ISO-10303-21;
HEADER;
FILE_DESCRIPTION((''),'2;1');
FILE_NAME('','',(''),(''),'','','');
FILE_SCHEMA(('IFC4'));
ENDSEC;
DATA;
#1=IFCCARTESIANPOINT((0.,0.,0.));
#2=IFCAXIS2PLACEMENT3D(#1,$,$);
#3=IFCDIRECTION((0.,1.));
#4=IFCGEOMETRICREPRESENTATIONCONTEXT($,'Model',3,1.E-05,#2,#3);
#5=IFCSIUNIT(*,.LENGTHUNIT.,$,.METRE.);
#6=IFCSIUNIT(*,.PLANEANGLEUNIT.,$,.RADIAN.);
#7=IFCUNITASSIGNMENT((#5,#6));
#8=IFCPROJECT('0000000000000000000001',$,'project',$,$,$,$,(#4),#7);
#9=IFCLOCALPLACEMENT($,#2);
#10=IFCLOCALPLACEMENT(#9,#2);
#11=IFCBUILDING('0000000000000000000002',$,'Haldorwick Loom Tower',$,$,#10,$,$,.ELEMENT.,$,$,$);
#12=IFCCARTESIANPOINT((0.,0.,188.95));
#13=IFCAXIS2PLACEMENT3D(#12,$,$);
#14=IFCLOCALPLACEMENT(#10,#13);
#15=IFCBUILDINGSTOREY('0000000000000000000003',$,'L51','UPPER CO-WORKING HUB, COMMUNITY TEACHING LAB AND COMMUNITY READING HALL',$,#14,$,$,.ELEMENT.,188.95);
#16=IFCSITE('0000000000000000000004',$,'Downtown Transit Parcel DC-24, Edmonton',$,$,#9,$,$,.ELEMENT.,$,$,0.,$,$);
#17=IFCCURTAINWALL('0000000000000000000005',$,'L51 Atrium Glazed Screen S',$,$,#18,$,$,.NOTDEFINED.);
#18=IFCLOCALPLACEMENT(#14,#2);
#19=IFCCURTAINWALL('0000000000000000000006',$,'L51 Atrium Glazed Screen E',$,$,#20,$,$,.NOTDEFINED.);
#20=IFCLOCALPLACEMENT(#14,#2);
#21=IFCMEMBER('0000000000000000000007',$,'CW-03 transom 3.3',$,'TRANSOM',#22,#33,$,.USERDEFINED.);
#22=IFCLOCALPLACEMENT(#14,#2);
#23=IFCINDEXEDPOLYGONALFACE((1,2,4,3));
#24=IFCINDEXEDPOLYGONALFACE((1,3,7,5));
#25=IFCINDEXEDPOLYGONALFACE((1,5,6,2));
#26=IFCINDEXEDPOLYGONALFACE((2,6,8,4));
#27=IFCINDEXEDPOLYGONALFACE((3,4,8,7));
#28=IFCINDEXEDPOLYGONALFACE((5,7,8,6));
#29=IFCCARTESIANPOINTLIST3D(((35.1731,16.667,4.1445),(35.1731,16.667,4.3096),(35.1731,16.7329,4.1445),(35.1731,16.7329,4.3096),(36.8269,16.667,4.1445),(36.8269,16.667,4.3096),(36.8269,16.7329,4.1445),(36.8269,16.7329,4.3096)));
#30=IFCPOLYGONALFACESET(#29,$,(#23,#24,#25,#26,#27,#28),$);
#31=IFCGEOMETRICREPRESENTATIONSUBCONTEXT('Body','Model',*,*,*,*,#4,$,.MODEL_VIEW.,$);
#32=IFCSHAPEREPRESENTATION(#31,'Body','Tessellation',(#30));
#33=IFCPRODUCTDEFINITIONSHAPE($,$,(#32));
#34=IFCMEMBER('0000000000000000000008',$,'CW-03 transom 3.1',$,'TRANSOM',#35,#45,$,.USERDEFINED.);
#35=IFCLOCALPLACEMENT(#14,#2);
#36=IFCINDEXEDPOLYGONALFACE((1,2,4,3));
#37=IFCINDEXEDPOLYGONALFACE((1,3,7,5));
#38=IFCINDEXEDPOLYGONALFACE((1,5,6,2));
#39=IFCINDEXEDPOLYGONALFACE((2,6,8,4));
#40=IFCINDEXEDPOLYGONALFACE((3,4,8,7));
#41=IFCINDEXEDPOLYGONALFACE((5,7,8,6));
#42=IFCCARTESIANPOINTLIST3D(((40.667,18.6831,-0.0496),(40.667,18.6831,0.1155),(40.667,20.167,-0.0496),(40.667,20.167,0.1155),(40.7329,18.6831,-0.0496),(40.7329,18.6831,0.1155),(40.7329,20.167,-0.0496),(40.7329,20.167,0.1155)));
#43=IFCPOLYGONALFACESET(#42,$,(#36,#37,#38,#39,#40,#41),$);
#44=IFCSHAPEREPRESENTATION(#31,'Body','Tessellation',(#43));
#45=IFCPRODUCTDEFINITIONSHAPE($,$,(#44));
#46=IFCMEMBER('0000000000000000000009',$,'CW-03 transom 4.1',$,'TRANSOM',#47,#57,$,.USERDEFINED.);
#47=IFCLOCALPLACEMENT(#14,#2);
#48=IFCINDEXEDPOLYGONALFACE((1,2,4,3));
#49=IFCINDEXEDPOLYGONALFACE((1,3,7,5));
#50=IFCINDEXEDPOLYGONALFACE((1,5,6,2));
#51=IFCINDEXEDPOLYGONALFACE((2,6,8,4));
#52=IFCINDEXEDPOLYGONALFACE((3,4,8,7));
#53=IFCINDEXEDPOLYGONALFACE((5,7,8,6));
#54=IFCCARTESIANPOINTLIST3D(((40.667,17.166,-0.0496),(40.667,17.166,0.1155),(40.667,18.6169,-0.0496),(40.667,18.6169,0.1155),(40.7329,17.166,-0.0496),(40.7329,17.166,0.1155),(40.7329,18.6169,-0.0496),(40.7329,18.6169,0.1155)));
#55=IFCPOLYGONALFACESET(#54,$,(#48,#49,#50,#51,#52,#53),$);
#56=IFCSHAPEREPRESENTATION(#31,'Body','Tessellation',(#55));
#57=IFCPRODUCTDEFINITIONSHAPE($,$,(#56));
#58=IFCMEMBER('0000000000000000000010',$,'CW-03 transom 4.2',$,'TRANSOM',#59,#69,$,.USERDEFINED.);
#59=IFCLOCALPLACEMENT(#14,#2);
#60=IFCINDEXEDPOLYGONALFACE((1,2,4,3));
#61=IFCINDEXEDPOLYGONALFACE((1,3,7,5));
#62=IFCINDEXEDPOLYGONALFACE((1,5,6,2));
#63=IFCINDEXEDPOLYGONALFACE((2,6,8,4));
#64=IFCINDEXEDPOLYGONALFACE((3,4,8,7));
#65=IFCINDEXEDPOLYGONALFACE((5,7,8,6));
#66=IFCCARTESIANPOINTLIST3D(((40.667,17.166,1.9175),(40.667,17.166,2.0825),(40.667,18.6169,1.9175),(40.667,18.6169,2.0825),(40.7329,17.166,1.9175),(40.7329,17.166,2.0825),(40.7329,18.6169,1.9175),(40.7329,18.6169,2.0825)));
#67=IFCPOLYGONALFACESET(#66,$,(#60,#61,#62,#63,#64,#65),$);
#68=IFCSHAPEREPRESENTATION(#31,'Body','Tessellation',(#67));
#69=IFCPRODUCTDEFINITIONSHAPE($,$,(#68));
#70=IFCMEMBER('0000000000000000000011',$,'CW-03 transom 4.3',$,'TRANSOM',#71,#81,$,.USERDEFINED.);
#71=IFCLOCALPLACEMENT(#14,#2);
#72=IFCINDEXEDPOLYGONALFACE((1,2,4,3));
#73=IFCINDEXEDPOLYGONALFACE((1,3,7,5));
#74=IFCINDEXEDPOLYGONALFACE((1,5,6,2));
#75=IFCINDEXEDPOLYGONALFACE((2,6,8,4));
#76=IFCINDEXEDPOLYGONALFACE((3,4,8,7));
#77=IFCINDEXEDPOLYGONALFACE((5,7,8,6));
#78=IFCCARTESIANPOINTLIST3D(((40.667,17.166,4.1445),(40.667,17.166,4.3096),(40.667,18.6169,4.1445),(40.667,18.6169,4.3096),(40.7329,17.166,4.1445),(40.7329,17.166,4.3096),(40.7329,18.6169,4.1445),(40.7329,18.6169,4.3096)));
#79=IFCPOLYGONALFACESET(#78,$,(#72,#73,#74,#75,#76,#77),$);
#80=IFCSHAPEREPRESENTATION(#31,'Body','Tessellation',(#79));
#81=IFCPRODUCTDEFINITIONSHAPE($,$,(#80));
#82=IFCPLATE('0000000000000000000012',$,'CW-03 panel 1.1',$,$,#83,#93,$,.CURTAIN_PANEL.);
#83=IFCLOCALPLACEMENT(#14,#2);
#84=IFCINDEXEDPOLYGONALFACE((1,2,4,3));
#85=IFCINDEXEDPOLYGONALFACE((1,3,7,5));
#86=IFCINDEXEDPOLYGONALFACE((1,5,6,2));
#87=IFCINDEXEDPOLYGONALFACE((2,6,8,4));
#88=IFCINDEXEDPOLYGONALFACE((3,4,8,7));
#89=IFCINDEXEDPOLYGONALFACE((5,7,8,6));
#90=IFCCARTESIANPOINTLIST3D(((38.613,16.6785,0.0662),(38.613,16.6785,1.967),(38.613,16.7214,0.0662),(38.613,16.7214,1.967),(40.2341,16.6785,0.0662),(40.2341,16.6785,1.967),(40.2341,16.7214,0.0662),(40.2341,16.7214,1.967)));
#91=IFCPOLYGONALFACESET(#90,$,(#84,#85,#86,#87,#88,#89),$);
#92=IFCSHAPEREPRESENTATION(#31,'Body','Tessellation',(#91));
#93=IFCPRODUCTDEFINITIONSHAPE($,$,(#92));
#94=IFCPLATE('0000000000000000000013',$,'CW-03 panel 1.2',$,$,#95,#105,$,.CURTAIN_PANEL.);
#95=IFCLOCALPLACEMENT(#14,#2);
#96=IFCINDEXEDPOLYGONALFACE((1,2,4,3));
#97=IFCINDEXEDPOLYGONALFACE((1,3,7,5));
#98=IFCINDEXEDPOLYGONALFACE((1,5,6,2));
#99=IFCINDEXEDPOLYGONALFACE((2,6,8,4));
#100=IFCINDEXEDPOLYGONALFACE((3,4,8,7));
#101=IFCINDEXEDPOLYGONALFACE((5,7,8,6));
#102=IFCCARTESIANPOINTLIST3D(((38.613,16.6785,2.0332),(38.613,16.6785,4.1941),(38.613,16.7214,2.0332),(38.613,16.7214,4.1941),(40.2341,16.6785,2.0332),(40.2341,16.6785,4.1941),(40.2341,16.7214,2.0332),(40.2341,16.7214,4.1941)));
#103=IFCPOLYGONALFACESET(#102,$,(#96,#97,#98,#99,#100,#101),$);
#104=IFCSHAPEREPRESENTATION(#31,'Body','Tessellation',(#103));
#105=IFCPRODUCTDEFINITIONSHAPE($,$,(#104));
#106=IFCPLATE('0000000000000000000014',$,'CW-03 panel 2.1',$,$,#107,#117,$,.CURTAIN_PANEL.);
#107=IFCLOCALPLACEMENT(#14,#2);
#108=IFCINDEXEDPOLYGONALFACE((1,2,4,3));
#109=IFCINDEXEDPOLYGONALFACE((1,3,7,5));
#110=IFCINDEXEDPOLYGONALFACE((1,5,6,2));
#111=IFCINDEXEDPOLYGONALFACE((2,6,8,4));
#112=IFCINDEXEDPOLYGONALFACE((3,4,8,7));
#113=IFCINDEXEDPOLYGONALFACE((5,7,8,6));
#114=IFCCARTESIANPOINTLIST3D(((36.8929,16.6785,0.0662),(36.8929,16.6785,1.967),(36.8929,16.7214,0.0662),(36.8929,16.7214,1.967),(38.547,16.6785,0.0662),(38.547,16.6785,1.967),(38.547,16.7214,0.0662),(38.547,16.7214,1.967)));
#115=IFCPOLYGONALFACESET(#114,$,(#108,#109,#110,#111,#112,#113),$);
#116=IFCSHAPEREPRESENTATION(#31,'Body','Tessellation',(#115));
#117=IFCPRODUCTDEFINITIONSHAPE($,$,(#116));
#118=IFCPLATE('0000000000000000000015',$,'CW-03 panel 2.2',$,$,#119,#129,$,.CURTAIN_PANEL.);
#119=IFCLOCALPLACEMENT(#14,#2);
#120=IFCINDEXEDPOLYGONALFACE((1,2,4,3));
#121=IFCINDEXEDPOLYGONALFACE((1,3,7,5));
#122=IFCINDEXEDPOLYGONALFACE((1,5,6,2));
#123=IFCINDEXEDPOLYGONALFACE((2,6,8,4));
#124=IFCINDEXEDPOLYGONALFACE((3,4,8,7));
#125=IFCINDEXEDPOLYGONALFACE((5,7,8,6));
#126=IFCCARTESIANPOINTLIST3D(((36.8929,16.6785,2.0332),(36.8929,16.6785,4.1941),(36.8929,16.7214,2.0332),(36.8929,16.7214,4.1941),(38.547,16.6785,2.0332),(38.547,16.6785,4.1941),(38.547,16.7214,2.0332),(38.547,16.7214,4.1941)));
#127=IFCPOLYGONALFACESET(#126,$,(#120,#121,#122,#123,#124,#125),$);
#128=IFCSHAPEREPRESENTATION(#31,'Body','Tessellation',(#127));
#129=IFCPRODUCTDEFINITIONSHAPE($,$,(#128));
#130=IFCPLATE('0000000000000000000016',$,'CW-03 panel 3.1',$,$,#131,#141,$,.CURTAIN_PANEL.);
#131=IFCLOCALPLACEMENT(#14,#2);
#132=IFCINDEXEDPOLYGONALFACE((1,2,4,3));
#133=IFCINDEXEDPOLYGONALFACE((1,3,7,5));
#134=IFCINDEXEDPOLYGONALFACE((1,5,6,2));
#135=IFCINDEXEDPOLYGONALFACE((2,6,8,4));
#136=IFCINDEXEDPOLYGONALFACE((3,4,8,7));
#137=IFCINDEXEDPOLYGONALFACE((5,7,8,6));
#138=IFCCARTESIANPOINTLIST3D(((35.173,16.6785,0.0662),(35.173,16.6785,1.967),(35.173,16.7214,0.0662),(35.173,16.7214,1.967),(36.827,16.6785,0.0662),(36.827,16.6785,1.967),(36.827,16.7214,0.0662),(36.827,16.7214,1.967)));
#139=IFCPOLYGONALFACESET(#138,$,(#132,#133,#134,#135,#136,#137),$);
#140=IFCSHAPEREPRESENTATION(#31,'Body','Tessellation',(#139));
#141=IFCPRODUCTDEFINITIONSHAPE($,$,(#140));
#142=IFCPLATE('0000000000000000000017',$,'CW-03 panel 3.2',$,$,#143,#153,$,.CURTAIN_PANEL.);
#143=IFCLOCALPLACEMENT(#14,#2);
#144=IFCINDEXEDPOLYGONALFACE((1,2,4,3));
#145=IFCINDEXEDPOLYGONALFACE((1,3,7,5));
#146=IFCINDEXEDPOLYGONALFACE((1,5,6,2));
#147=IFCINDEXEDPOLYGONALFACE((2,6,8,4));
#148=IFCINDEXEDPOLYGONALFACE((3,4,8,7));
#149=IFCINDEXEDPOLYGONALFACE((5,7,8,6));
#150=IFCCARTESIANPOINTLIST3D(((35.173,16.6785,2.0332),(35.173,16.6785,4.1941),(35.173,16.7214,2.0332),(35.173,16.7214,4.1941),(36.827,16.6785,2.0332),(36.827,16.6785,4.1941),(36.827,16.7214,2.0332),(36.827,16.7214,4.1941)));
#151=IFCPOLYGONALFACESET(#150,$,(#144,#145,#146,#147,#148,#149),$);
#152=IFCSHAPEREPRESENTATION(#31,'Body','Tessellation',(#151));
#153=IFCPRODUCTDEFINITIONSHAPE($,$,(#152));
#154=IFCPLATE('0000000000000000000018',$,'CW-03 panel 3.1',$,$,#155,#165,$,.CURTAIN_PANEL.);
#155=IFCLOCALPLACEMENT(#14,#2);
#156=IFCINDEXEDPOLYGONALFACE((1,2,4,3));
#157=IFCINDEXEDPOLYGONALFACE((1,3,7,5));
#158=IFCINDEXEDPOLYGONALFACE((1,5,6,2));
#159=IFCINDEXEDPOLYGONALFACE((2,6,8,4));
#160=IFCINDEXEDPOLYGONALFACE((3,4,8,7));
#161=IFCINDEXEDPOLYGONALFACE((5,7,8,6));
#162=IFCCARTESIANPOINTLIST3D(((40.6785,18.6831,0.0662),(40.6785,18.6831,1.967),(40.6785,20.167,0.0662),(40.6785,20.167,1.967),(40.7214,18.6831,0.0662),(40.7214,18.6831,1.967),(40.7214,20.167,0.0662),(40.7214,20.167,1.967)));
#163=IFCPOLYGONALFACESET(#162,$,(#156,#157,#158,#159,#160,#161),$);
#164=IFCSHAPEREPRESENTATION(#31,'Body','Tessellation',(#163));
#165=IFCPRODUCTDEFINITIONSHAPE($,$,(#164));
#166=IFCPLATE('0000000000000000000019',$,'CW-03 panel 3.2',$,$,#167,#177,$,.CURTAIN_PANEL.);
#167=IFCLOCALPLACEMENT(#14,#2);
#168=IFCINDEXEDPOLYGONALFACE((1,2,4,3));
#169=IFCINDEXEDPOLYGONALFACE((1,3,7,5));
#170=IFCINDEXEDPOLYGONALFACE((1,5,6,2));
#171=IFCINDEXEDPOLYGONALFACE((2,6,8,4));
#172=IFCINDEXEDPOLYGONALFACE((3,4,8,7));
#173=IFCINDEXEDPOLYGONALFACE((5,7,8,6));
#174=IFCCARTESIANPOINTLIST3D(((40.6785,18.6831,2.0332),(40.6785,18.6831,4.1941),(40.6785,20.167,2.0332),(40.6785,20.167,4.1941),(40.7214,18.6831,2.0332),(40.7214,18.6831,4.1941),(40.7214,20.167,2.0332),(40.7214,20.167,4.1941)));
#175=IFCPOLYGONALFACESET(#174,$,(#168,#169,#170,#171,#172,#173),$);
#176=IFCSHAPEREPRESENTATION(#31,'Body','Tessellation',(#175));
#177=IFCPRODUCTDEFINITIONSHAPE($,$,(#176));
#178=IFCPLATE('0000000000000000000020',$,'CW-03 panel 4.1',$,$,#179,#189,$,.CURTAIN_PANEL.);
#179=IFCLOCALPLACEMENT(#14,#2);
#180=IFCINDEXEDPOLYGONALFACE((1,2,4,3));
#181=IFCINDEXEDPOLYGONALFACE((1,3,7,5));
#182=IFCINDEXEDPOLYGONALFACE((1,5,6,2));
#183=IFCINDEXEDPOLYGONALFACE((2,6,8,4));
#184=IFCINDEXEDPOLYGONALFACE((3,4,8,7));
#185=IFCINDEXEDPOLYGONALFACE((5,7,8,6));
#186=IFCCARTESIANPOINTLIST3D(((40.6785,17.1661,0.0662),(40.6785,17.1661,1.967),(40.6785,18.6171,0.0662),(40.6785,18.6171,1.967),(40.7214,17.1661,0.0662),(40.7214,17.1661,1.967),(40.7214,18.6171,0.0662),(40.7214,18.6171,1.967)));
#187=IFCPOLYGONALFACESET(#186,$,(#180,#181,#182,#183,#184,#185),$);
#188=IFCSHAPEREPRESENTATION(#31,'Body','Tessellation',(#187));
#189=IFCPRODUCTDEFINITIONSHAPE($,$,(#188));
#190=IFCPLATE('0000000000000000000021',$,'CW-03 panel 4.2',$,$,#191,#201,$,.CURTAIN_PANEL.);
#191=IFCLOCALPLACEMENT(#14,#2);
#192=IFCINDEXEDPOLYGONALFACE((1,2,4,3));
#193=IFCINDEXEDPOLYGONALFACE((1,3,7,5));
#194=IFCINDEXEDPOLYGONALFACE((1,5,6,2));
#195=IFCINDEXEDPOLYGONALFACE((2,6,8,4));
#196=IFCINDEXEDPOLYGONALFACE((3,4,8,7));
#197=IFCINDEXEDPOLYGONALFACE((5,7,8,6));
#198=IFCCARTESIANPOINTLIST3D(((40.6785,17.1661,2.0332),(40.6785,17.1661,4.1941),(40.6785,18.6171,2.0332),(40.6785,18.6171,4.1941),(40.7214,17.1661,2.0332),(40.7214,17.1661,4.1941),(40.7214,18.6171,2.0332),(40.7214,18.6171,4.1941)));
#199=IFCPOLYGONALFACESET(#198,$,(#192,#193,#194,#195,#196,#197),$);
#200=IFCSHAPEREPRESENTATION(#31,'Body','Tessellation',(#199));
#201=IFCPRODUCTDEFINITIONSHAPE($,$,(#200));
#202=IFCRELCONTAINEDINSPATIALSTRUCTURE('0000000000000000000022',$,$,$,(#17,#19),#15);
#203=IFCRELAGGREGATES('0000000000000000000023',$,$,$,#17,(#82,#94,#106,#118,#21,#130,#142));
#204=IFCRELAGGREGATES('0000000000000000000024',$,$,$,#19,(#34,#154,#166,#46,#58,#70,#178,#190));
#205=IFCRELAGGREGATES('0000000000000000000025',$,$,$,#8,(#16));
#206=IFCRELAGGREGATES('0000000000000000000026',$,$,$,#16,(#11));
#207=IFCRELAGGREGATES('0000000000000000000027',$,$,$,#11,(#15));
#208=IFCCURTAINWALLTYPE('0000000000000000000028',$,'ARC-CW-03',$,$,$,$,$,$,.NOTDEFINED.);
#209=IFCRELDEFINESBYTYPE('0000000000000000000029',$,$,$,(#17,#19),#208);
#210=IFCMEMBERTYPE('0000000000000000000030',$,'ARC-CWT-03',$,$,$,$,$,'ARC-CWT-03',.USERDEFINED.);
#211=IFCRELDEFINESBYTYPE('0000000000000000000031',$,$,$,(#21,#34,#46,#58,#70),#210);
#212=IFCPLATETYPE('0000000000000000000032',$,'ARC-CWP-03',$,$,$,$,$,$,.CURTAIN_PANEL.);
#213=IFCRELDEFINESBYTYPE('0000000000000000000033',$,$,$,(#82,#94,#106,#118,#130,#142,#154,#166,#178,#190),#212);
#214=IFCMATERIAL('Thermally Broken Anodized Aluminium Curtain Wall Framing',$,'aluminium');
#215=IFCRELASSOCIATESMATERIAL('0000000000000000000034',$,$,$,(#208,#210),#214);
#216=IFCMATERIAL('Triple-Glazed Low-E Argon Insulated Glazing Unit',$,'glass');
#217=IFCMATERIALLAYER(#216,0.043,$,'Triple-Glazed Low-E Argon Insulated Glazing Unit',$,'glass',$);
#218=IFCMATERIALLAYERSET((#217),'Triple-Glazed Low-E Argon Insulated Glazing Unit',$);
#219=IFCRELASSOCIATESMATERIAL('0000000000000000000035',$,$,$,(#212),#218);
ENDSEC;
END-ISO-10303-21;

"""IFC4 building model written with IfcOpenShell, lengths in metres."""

from ifc_helpers import new_model, si_unit, direction, frame, origin, origin_2d, place, context, subcontext, project, spatial, rectangle, extrude, material, layer, layer_set, material_profile, profile_set, type_object, element, aggregate, save


model = new_model("IFC4")

# Units and contexts
model_context = context("Model", 3, precision=1e-05, world=origin(), true_north=direction((0.0, 1.0)))
body_context = subcontext(model_context, "Body", "Model", "MODEL_VIEW")
ifc_project = project(units=[si_unit("LENGTHUNIT", "METRE"), si_unit("PLANEANGLEUNIT", "RADIAN")], contexts=[model_context])

# Site, building, storey
site_placement = place(None, origin())
site = spatial("IfcSite", under=ifc_project, at=site_placement, Name="Downtown Transit Parcel DC-24, Edmonton", CompositionType="ELEMENT", RefElevation=0.0)
building_placement = place(site_placement, origin())
building = spatial("IfcBuilding", under=site, at=building_placement, Name="Haldorwick Loom Tower", CompositionType="ELEMENT")
storey_placement = place(building_placement, frame((0.0, 0.0, 188.95)))
storey = spatial("IfcBuildingStorey", under=building, at=storey_placement, Name="L51", Description="UPPER CO-WORKING HUB, COMMUNITY TEACHING LAB AND COMMUNITY READING HALL", CompositionType="ELEMENT", Elevation=188.95)

# Curtain walls
ifc_material_1 = material(Name="Thermally Broken Anodized Aluminium Curtain Wall Framing", Category="aluminium")
curtain_wall_type = type_object("IfcCurtainWallType", Name="ARC-CW-03", PredefinedType="NOTDEFINED", material=ifc_material_1)
curtain_wall_1_placement = place(storey_placement, origin())
curtain_wall_1 = element("IfcCurtainWall", 1, at=curtain_wall_1_placement, inside=storey, type_object=curtain_wall_type, Name="L51 Atrium Glazed Screen S", PredefinedType="NOTDEFINED")
curtain_wall_2_placement = place(storey_placement, origin())
curtain_wall_2 = element("IfcCurtainWall", 2, at=curtain_wall_2_placement, inside=storey, type_object=curtain_wall_type, Name="L51 Atrium Glazed Screen E", PredefinedType="NOTDEFINED")

# Members
ifc_material_profile_1 = material_profile(ifc_material_1, rectangle(XDim=0.0659, YDim=0.165, at=origin_2d()), Name="ALU_TRN_66X165", Category="aluminium")
ifc_profile_set_1 = profile_set([ifc_material_profile_1], Name="Thermally Broken Anodized Aluminium Curtain Wall Framing")
member_type_1 = type_object("IfcMemberType", Name="ARC-CWT-03", ElementType="ARC-CWT-03", PredefinedType="USERDEFINED", material=ifc_profile_set_1)
member_1_placement = place(storey_placement, frame((36.8269, 16.7, 4.2271), z_axis=(-1.0, 0.0, 0.0), x_axis=(0.0, -1.0, 0.0)))
member_1 = element("IfcMember", 3, at=member_1_placement, type_object=member_type_1, Name="CW-03 transom 3.3", ObjectType="TRANSOM", PredefinedType="USERDEFINED", context=body_context, shape_type="SweptSolid", body=[
    extrude(rectangle(XDim=0.0659, YDim=0.165, at=origin_2d()), origin(), (0.0, 0.0, 1.0), 1.6538),
])
member_2_placement = place(storey_placement, frame((40.7, 20.167, 0.033), z_axis=(0.0, -1.0, 0.0), x_axis=(1.0, 0.0, 0.0)))
member_2 = element("IfcMember", 4, at=member_2_placement, type_object=member_type_1, Name="CW-03 transom 3.1", ObjectType="TRANSOM", PredefinedType="USERDEFINED", context=body_context, shape_type="SweptSolid", body=[
    extrude(rectangle(XDim=0.0659, YDim=0.165, at=origin_2d()), origin(), (0.0, 0.0, 1.0), 1.4839),
])
member_3_placement = place(storey_placement, frame((40.7, 18.6169, 0.033), z_axis=(0.0, -1.0, 0.0), x_axis=(1.0, 0.0, 0.0)))
member_3 = element("IfcMember", 5, at=member_3_placement, type_object=member_type_1, Name="CW-03 transom 4.1", ObjectType="TRANSOM", PredefinedType="USERDEFINED", context=body_context, shape_type="SweptSolid", body=[
    extrude(rectangle(XDim=0.0659, YDim=0.165, at=origin_2d()), origin(), (0.0, 0.0, 1.0), 1.4509),
])
member_4_placement = place(storey_placement, frame((40.7, 18.6169, 2.0), z_axis=(0.0, -1.0, 0.0), x_axis=(1.0, 0.0, 0.0)))
member_4 = element("IfcMember", 6, at=member_4_placement, type_object=member_type_1, Name="CW-03 transom 4.2", ObjectType="TRANSOM", PredefinedType="USERDEFINED", context=body_context, shape_type="SweptSolid", body=[
    extrude(rectangle(XDim=0.0659, YDim=0.165, at=origin_2d()), origin(), (0.0, 0.0, 1.0), 1.4509),
])
member_5_placement = place(storey_placement, frame((40.7, 18.6169, 4.2271), z_axis=(0.0, -1.0, 0.0), x_axis=(1.0, 0.0, 0.0)))
member_5 = element("IfcMember", 7, at=member_5_placement, type_object=member_type_1, Name="CW-03 transom 4.3", ObjectType="TRANSOM", PredefinedType="USERDEFINED", context=body_context, shape_type="SweptSolid", body=[
    extrude(rectangle(XDim=0.0659, YDim=0.165, at=origin_2d()), origin(), (0.0, 0.0, 1.0), 1.4509),
])

# Plates
ifc_material_2 = material(Name="Triple-Glazed Low-E Argon Insulated Glazing Unit", Category="glass")
ifc_layer_1 = layer(ifc_material_2, 0.043, Name="Triple-Glazed Low-E Argon Insulated Glazing Unit", Category="glass")
ifc_layer_set_1 = layer_set([ifc_layer_1], Name="Triple-Glazed Low-E Argon Insulated Glazing Unit")
plate_type = type_object("IfcPlateType", Name="ARC-CWP-03", PredefinedType="CURTAIN_PANEL", material=ifc_layer_set_1)
plate_1_placement = place(storey_placement, frame((39.4236, 16.7, 0.0662), z_axis=(0.0, 0.0, 1.0), x_axis=(-1.0, 0.0, 0.0)))
plate_1 = element("IfcPlate", 8, at=plate_1_placement, type_object=plate_type, Name="CW-03 panel 1.1", PredefinedType="CURTAIN_PANEL", context=body_context, shape_type="SweptSolid", body=[
    extrude(rectangle(XDim=1.6211, YDim=0.043, at=origin_2d()), origin(), (0.0, 0.0, 1.0), 1.9009),
])
plate_2_placement = place(storey_placement, frame((39.4236, 16.7, 2.0332), z_axis=(0.0, 0.0, 1.0), x_axis=(-1.0, 0.0, 0.0)))
plate_2 = element("IfcPlate", 9, at=plate_2_placement, type_object=plate_type, Name="CW-03 panel 1.2", PredefinedType="CURTAIN_PANEL", context=body_context, shape_type="SweptSolid", body=[
    extrude(rectangle(XDim=1.6211, YDim=0.043, at=origin_2d()), origin(), (0.0, 0.0, 1.0), 2.1609),
])
plate_3_placement = place(storey_placement, frame((37.72, 16.7, 0.0662), z_axis=(0.0, 0.0, 1.0), x_axis=(-1.0, 0.0, 0.0)))
plate_3 = element("IfcPlate", 10, at=plate_3_placement, type_object=plate_type, Name="CW-03 panel 2.1", PredefinedType="CURTAIN_PANEL", context=body_context, shape_type="SweptSolid", body=[
    extrude(rectangle(XDim=1.6541, YDim=0.043, at=origin_2d()), origin(), (0.0, 0.0, 1.0), 1.9009),
])
plate_4_placement = place(storey_placement, frame((37.72, 16.7, 2.0332), z_axis=(0.0, 0.0, 1.0), x_axis=(-1.0, 0.0, 0.0)))
plate_4 = element("IfcPlate", 11, at=plate_4_placement, type_object=plate_type, Name="CW-03 panel 2.2", PredefinedType="CURTAIN_PANEL", context=body_context, shape_type="SweptSolid", body=[
    extrude(rectangle(XDim=1.6541, YDim=0.043, at=origin_2d()), origin(), (0.0, 0.0, 1.0), 2.1609),
])
plate_5_placement = place(storey_placement, frame((36.0, 16.7, 0.0662), z_axis=(0.0, 0.0, 1.0), x_axis=(-1.0, 0.0, 0.0)))
plate_5 = element("IfcPlate", 12, at=plate_5_placement, type_object=plate_type, Name="CW-03 panel 3.1", PredefinedType="CURTAIN_PANEL", context=body_context, shape_type="SweptSolid", body=[
    extrude(rectangle(XDim=1.6541, YDim=0.043, at=origin_2d()), origin(), (0.0, 0.0, 1.0), 1.9009),
])
plate_6_placement = place(storey_placement, frame((36.0, 16.7, 2.0332), z_axis=(0.0, 0.0, 1.0), x_axis=(-1.0, 0.0, 0.0)))
plate_6 = element("IfcPlate", 13, at=plate_6_placement, type_object=plate_type, Name="CW-03 panel 3.2", PredefinedType="CURTAIN_PANEL", context=body_context, shape_type="SweptSolid", body=[
    extrude(rectangle(XDim=1.6541, YDim=0.043, at=origin_2d()), origin(), (0.0, 0.0, 1.0), 2.1609),
])
aggregate(curtain_wall_1, [plate_1, plate_2, plate_3, plate_4, member_1, plate_5, plate_6])
plate_7_placement = place(storey_placement, frame((40.7, 19.425, 0.0662), z_axis=(0.0, 0.0, 1.0), x_axis=(0.0, -1.0, 0.0)))
plate_7 = element("IfcPlate", 14, at=plate_7_placement, type_object=plate_type, Name="CW-03 panel 3.1", PredefinedType="CURTAIN_PANEL", context=body_context, shape_type="SweptSolid", body=[
    extrude(rectangle(XDim=1.4839, YDim=0.043, at=origin_2d()), origin(), (0.0, 0.0, 1.0), 1.9009),
])
plate_8_placement = place(storey_placement, frame((40.7, 19.425, 2.0332), z_axis=(0.0, 0.0, 1.0), x_axis=(0.0, -1.0, 0.0)))
plate_8 = element("IfcPlate", 15, at=plate_8_placement, type_object=plate_type, Name="CW-03 panel 3.2", PredefinedType="CURTAIN_PANEL", context=body_context, shape_type="SweptSolid", body=[
    extrude(rectangle(XDim=1.4839, YDim=0.043, at=origin_2d()), origin(), (0.0, 0.0, 1.0), 2.1609),
])
plate_9_placement = place(storey_placement, frame((40.7, 17.8916, 0.0662), z_axis=(0.0, 0.0, 1.0), x_axis=(0.0, -1.0, 0.0)))
plate_9 = element("IfcPlate", 16, at=plate_9_placement, type_object=plate_type, Name="CW-03 panel 4.1", PredefinedType="CURTAIN_PANEL", context=body_context, shape_type="SweptSolid", body=[
    extrude(rectangle(XDim=1.4509, YDim=0.043, at=origin_2d()), origin(), (0.0, 0.0, 1.0), 1.9009),
])
plate_10_placement = place(storey_placement, frame((40.7, 17.8916, 2.0332), z_axis=(0.0, 0.0, 1.0), x_axis=(0.0, -1.0, 0.0)))
plate_10 = element("IfcPlate", 17, at=plate_10_placement, type_object=plate_type, Name="CW-03 panel 4.2", PredefinedType="CURTAIN_PANEL", context=body_context, shape_type="SweptSolid", body=[
    extrude(rectangle(XDim=1.4509, YDim=0.043, at=origin_2d()), origin(), (0.0, 0.0, 1.0), 2.1609),
])
aggregate(curtain_wall_2, [member_2, plate_7, plate_8, member_3, member_4, member_5, plate_9, plate_10])

save(model, "model.ifc")
